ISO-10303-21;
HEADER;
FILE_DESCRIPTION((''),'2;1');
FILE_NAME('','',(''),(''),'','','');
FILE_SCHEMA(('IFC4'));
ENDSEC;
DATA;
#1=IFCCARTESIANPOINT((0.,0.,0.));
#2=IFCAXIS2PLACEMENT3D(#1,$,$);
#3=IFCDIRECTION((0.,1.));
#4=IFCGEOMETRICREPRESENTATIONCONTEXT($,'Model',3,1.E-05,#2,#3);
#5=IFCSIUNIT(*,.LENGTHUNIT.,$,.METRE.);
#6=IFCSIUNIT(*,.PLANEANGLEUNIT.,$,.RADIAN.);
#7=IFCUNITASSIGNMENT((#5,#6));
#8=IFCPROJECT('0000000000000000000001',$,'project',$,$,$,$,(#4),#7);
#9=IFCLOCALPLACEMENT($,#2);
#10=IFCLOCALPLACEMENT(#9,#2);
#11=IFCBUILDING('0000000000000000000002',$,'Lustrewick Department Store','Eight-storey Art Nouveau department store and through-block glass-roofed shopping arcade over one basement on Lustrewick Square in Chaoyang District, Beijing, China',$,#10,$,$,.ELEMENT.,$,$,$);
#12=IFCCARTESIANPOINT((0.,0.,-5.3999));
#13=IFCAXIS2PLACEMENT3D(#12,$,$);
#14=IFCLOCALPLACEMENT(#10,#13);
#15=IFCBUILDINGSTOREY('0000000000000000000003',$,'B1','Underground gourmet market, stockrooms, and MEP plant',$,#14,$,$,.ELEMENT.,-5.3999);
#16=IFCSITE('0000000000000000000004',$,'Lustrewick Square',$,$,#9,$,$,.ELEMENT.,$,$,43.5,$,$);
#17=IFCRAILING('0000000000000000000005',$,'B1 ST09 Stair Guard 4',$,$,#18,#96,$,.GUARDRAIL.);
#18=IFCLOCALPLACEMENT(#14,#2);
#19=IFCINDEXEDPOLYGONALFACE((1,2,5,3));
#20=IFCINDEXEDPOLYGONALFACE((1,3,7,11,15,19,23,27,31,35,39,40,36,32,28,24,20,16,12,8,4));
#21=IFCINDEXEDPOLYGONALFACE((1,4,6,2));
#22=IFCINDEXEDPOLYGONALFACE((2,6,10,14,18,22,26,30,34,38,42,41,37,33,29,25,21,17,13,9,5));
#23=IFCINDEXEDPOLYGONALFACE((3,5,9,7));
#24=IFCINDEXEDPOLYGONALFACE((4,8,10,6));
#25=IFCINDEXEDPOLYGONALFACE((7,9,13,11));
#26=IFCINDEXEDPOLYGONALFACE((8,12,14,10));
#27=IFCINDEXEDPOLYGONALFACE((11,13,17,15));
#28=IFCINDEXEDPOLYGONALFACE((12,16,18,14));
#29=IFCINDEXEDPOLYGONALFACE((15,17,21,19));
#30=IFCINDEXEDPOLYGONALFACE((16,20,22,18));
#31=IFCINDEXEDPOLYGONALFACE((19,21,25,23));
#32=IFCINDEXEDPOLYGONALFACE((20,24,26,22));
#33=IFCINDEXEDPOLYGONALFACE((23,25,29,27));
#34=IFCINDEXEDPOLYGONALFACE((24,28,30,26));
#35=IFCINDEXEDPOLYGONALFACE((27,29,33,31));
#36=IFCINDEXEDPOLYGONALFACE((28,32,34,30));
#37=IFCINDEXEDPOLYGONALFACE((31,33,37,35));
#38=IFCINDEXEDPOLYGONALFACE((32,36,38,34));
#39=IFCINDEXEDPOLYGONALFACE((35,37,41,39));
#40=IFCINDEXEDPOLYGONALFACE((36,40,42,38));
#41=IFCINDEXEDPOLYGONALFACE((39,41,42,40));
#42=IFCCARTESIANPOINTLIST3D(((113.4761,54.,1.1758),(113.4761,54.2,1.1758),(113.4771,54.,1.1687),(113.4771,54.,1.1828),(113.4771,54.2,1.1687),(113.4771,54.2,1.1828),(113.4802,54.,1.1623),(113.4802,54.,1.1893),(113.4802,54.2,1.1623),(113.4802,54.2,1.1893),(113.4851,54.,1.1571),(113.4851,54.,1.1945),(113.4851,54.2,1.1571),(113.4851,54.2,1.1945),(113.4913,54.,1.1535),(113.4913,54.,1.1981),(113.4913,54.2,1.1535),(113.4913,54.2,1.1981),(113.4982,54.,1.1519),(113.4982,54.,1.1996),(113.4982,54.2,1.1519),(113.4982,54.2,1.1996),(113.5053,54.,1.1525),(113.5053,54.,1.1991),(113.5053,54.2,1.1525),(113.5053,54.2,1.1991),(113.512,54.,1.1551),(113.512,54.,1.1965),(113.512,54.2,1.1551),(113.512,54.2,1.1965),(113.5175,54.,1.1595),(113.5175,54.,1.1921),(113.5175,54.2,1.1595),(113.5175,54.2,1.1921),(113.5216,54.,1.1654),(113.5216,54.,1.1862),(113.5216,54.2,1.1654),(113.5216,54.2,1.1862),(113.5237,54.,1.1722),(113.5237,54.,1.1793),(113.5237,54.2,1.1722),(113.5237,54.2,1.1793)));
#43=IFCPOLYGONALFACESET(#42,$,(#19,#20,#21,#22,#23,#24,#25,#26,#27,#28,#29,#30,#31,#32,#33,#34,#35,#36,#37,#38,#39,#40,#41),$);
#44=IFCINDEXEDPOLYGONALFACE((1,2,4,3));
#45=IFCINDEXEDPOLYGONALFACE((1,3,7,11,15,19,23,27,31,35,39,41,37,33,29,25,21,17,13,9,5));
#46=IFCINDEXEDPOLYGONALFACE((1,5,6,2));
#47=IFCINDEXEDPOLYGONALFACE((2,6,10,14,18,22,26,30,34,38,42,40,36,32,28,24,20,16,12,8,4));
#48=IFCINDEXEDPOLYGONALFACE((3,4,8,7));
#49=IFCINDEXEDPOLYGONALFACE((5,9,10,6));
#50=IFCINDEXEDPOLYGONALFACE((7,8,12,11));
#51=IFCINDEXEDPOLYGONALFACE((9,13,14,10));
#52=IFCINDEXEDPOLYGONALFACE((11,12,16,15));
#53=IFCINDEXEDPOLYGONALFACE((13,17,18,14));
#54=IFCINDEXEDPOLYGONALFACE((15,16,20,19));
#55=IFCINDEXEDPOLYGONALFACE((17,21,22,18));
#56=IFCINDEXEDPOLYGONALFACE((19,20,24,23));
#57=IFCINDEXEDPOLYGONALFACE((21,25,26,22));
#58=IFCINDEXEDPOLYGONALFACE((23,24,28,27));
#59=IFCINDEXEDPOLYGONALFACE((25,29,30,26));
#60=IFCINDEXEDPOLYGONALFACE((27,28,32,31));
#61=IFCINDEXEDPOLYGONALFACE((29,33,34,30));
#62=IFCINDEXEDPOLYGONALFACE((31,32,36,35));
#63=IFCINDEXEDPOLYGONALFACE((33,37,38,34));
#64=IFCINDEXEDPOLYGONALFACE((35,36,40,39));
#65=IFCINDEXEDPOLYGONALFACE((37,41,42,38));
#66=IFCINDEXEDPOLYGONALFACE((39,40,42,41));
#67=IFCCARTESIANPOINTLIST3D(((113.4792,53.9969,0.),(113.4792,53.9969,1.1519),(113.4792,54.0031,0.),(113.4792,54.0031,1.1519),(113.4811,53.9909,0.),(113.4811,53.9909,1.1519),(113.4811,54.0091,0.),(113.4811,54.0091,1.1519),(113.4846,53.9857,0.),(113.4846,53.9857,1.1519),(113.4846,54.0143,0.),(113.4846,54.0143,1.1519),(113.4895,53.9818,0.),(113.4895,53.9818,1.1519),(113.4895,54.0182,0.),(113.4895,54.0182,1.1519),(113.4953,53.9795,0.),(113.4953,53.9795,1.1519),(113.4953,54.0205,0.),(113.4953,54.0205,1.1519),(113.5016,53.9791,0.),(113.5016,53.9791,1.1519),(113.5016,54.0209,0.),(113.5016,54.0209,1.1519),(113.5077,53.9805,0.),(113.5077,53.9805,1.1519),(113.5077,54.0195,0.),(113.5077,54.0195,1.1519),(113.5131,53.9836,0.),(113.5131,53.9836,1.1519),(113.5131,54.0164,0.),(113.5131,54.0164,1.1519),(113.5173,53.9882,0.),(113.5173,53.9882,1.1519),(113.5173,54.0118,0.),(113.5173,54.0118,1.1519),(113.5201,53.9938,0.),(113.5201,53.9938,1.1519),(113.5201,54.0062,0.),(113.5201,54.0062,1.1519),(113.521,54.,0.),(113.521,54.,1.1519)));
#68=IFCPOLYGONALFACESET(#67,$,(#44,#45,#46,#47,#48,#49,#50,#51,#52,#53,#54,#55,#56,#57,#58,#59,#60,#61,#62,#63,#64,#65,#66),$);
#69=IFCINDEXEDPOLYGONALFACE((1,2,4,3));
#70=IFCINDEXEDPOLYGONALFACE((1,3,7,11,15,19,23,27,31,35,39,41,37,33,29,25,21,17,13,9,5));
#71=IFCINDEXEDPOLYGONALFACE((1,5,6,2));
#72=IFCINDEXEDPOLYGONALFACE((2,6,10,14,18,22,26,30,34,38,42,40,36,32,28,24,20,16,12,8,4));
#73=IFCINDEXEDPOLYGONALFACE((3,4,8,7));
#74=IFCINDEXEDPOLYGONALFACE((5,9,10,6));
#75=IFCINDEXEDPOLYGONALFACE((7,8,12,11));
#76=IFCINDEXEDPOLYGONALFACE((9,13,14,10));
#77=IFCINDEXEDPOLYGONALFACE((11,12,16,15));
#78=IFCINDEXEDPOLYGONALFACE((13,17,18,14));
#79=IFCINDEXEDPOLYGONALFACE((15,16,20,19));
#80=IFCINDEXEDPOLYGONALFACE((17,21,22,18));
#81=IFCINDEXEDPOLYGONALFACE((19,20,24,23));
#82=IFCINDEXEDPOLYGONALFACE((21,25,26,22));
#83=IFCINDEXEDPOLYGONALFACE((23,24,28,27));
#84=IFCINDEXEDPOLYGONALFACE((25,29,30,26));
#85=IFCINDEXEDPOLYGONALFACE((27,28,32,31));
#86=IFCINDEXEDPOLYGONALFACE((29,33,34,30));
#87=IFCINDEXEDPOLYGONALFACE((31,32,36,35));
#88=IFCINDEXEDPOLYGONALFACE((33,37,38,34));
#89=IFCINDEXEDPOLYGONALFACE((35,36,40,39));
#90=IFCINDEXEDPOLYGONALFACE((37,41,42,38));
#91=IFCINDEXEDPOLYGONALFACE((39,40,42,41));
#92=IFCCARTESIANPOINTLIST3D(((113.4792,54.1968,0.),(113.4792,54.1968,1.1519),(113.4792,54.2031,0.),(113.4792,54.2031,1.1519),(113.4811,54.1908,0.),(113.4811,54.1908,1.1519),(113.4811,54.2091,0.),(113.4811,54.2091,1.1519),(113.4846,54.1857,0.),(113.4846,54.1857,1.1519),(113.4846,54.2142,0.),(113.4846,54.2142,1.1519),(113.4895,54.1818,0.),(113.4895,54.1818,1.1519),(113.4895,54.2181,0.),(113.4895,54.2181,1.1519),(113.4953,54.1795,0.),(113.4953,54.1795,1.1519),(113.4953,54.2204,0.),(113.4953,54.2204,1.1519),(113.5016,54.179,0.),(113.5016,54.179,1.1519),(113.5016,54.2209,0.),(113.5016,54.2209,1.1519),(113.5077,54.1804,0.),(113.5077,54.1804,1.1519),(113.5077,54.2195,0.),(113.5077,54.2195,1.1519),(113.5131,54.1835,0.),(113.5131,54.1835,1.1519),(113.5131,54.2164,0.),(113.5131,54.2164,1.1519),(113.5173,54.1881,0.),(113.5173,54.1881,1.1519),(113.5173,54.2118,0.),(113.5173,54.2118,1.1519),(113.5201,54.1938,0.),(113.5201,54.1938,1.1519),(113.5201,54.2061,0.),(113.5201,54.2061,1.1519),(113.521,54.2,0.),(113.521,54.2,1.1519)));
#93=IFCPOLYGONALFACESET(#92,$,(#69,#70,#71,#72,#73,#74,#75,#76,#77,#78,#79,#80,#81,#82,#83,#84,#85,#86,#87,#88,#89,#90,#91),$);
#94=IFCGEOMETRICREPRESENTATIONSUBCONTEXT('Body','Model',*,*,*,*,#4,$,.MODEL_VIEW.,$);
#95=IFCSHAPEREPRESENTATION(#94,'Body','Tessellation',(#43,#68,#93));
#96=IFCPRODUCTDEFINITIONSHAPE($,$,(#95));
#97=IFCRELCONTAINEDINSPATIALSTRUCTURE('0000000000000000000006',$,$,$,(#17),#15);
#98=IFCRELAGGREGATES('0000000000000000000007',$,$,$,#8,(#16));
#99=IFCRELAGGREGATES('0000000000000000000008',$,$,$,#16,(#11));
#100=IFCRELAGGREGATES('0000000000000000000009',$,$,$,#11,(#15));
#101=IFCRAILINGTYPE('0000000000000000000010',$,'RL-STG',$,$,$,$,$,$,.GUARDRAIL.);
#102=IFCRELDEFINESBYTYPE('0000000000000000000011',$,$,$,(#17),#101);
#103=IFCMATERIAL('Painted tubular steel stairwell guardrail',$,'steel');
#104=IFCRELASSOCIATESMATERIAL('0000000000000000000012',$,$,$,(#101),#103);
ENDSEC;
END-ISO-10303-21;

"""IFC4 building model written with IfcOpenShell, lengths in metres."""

from ifc_helpers import new_model, si_unit, direction, frame, origin, origin_2d, place, context, subcontext, project, spatial, circle, extrude, material, type_object, element, save


model = new_model("IFC4")

# Units and contexts
model_context = context("Model", 3, precision=1e-05, world=origin(), true_north=direction((0.0, 1.0)))
body_context = subcontext(model_context, "Body", "Model", "MODEL_VIEW")
ifc_project = project(units=[si_unit("LENGTHUNIT", "METRE"), si_unit("PLANEANGLEUNIT", "RADIAN")], contexts=[model_context])

# Site, building, storey
site_placement = place(None, origin())
site = spatial("IfcSite", under=ifc_project, at=site_placement, Name="Lustrewick Square", CompositionType="ELEMENT", RefElevation=43.5)
building_placement = place(site_placement, origin())
building = spatial("IfcBuilding", under=site, at=building_placement, Name="Lustrewick Department Store", Description="Eight-storey Art Nouveau department store and through-block glass-roofed shopping arcade over one basement on Lustrewick Square in Chaoyang District, Beijing, China", CompositionType="ELEMENT")
storey_placement = place(building_placement, frame((0.0, 0.0, -5.3999)))
storey = spatial("IfcBuildingStorey", under=building, at=storey_placement, Name="B1", Description="Underground gourmet market, stockrooms, and MEP plant", CompositionType="ELEMENT", Elevation=-5.3999)

# Railing
ifc_material_1 = material(Name="Painted tubular steel stairwell guardrail", Category="steel")
railing_type_1 = type_object("IfcRailingType", Name="RL-STG", PredefinedType="GUARDRAIL", material=ifc_material_1)
railing_1_placement = place(storey_placement, frame((113.5, 54.0, 0.0)))
element("IfcRailing", 1, at=railing_1_placement, inside=storey, type_object=railing_type_1, Name="B1 ST09 Stair Guard 4", PredefinedType="GUARDRAIL", context=body_context, shape_type="SweptSolid", body=[
    extrude(circle(Radius=0.0239, at=origin_2d()), frame((0.0, 0.0, 1.1758), z_axis=(0.0, 1.0, 0.0), x_axis=(-1.0, 0.0, 0.0)), (0.0, 0.0, 1.0), 0.2),
    extrude(circle(Radius=0.021, at=origin_2d()), origin(), (0.0, 0.0, 1.0), 1.1519),
    extrude(circle(Radius=0.021, at=origin_2d()), frame((0.0, 0.2, 0.0)), (0.0, 0.0, 1.0), 1.1519),
])

save(model, "model.ifc")
